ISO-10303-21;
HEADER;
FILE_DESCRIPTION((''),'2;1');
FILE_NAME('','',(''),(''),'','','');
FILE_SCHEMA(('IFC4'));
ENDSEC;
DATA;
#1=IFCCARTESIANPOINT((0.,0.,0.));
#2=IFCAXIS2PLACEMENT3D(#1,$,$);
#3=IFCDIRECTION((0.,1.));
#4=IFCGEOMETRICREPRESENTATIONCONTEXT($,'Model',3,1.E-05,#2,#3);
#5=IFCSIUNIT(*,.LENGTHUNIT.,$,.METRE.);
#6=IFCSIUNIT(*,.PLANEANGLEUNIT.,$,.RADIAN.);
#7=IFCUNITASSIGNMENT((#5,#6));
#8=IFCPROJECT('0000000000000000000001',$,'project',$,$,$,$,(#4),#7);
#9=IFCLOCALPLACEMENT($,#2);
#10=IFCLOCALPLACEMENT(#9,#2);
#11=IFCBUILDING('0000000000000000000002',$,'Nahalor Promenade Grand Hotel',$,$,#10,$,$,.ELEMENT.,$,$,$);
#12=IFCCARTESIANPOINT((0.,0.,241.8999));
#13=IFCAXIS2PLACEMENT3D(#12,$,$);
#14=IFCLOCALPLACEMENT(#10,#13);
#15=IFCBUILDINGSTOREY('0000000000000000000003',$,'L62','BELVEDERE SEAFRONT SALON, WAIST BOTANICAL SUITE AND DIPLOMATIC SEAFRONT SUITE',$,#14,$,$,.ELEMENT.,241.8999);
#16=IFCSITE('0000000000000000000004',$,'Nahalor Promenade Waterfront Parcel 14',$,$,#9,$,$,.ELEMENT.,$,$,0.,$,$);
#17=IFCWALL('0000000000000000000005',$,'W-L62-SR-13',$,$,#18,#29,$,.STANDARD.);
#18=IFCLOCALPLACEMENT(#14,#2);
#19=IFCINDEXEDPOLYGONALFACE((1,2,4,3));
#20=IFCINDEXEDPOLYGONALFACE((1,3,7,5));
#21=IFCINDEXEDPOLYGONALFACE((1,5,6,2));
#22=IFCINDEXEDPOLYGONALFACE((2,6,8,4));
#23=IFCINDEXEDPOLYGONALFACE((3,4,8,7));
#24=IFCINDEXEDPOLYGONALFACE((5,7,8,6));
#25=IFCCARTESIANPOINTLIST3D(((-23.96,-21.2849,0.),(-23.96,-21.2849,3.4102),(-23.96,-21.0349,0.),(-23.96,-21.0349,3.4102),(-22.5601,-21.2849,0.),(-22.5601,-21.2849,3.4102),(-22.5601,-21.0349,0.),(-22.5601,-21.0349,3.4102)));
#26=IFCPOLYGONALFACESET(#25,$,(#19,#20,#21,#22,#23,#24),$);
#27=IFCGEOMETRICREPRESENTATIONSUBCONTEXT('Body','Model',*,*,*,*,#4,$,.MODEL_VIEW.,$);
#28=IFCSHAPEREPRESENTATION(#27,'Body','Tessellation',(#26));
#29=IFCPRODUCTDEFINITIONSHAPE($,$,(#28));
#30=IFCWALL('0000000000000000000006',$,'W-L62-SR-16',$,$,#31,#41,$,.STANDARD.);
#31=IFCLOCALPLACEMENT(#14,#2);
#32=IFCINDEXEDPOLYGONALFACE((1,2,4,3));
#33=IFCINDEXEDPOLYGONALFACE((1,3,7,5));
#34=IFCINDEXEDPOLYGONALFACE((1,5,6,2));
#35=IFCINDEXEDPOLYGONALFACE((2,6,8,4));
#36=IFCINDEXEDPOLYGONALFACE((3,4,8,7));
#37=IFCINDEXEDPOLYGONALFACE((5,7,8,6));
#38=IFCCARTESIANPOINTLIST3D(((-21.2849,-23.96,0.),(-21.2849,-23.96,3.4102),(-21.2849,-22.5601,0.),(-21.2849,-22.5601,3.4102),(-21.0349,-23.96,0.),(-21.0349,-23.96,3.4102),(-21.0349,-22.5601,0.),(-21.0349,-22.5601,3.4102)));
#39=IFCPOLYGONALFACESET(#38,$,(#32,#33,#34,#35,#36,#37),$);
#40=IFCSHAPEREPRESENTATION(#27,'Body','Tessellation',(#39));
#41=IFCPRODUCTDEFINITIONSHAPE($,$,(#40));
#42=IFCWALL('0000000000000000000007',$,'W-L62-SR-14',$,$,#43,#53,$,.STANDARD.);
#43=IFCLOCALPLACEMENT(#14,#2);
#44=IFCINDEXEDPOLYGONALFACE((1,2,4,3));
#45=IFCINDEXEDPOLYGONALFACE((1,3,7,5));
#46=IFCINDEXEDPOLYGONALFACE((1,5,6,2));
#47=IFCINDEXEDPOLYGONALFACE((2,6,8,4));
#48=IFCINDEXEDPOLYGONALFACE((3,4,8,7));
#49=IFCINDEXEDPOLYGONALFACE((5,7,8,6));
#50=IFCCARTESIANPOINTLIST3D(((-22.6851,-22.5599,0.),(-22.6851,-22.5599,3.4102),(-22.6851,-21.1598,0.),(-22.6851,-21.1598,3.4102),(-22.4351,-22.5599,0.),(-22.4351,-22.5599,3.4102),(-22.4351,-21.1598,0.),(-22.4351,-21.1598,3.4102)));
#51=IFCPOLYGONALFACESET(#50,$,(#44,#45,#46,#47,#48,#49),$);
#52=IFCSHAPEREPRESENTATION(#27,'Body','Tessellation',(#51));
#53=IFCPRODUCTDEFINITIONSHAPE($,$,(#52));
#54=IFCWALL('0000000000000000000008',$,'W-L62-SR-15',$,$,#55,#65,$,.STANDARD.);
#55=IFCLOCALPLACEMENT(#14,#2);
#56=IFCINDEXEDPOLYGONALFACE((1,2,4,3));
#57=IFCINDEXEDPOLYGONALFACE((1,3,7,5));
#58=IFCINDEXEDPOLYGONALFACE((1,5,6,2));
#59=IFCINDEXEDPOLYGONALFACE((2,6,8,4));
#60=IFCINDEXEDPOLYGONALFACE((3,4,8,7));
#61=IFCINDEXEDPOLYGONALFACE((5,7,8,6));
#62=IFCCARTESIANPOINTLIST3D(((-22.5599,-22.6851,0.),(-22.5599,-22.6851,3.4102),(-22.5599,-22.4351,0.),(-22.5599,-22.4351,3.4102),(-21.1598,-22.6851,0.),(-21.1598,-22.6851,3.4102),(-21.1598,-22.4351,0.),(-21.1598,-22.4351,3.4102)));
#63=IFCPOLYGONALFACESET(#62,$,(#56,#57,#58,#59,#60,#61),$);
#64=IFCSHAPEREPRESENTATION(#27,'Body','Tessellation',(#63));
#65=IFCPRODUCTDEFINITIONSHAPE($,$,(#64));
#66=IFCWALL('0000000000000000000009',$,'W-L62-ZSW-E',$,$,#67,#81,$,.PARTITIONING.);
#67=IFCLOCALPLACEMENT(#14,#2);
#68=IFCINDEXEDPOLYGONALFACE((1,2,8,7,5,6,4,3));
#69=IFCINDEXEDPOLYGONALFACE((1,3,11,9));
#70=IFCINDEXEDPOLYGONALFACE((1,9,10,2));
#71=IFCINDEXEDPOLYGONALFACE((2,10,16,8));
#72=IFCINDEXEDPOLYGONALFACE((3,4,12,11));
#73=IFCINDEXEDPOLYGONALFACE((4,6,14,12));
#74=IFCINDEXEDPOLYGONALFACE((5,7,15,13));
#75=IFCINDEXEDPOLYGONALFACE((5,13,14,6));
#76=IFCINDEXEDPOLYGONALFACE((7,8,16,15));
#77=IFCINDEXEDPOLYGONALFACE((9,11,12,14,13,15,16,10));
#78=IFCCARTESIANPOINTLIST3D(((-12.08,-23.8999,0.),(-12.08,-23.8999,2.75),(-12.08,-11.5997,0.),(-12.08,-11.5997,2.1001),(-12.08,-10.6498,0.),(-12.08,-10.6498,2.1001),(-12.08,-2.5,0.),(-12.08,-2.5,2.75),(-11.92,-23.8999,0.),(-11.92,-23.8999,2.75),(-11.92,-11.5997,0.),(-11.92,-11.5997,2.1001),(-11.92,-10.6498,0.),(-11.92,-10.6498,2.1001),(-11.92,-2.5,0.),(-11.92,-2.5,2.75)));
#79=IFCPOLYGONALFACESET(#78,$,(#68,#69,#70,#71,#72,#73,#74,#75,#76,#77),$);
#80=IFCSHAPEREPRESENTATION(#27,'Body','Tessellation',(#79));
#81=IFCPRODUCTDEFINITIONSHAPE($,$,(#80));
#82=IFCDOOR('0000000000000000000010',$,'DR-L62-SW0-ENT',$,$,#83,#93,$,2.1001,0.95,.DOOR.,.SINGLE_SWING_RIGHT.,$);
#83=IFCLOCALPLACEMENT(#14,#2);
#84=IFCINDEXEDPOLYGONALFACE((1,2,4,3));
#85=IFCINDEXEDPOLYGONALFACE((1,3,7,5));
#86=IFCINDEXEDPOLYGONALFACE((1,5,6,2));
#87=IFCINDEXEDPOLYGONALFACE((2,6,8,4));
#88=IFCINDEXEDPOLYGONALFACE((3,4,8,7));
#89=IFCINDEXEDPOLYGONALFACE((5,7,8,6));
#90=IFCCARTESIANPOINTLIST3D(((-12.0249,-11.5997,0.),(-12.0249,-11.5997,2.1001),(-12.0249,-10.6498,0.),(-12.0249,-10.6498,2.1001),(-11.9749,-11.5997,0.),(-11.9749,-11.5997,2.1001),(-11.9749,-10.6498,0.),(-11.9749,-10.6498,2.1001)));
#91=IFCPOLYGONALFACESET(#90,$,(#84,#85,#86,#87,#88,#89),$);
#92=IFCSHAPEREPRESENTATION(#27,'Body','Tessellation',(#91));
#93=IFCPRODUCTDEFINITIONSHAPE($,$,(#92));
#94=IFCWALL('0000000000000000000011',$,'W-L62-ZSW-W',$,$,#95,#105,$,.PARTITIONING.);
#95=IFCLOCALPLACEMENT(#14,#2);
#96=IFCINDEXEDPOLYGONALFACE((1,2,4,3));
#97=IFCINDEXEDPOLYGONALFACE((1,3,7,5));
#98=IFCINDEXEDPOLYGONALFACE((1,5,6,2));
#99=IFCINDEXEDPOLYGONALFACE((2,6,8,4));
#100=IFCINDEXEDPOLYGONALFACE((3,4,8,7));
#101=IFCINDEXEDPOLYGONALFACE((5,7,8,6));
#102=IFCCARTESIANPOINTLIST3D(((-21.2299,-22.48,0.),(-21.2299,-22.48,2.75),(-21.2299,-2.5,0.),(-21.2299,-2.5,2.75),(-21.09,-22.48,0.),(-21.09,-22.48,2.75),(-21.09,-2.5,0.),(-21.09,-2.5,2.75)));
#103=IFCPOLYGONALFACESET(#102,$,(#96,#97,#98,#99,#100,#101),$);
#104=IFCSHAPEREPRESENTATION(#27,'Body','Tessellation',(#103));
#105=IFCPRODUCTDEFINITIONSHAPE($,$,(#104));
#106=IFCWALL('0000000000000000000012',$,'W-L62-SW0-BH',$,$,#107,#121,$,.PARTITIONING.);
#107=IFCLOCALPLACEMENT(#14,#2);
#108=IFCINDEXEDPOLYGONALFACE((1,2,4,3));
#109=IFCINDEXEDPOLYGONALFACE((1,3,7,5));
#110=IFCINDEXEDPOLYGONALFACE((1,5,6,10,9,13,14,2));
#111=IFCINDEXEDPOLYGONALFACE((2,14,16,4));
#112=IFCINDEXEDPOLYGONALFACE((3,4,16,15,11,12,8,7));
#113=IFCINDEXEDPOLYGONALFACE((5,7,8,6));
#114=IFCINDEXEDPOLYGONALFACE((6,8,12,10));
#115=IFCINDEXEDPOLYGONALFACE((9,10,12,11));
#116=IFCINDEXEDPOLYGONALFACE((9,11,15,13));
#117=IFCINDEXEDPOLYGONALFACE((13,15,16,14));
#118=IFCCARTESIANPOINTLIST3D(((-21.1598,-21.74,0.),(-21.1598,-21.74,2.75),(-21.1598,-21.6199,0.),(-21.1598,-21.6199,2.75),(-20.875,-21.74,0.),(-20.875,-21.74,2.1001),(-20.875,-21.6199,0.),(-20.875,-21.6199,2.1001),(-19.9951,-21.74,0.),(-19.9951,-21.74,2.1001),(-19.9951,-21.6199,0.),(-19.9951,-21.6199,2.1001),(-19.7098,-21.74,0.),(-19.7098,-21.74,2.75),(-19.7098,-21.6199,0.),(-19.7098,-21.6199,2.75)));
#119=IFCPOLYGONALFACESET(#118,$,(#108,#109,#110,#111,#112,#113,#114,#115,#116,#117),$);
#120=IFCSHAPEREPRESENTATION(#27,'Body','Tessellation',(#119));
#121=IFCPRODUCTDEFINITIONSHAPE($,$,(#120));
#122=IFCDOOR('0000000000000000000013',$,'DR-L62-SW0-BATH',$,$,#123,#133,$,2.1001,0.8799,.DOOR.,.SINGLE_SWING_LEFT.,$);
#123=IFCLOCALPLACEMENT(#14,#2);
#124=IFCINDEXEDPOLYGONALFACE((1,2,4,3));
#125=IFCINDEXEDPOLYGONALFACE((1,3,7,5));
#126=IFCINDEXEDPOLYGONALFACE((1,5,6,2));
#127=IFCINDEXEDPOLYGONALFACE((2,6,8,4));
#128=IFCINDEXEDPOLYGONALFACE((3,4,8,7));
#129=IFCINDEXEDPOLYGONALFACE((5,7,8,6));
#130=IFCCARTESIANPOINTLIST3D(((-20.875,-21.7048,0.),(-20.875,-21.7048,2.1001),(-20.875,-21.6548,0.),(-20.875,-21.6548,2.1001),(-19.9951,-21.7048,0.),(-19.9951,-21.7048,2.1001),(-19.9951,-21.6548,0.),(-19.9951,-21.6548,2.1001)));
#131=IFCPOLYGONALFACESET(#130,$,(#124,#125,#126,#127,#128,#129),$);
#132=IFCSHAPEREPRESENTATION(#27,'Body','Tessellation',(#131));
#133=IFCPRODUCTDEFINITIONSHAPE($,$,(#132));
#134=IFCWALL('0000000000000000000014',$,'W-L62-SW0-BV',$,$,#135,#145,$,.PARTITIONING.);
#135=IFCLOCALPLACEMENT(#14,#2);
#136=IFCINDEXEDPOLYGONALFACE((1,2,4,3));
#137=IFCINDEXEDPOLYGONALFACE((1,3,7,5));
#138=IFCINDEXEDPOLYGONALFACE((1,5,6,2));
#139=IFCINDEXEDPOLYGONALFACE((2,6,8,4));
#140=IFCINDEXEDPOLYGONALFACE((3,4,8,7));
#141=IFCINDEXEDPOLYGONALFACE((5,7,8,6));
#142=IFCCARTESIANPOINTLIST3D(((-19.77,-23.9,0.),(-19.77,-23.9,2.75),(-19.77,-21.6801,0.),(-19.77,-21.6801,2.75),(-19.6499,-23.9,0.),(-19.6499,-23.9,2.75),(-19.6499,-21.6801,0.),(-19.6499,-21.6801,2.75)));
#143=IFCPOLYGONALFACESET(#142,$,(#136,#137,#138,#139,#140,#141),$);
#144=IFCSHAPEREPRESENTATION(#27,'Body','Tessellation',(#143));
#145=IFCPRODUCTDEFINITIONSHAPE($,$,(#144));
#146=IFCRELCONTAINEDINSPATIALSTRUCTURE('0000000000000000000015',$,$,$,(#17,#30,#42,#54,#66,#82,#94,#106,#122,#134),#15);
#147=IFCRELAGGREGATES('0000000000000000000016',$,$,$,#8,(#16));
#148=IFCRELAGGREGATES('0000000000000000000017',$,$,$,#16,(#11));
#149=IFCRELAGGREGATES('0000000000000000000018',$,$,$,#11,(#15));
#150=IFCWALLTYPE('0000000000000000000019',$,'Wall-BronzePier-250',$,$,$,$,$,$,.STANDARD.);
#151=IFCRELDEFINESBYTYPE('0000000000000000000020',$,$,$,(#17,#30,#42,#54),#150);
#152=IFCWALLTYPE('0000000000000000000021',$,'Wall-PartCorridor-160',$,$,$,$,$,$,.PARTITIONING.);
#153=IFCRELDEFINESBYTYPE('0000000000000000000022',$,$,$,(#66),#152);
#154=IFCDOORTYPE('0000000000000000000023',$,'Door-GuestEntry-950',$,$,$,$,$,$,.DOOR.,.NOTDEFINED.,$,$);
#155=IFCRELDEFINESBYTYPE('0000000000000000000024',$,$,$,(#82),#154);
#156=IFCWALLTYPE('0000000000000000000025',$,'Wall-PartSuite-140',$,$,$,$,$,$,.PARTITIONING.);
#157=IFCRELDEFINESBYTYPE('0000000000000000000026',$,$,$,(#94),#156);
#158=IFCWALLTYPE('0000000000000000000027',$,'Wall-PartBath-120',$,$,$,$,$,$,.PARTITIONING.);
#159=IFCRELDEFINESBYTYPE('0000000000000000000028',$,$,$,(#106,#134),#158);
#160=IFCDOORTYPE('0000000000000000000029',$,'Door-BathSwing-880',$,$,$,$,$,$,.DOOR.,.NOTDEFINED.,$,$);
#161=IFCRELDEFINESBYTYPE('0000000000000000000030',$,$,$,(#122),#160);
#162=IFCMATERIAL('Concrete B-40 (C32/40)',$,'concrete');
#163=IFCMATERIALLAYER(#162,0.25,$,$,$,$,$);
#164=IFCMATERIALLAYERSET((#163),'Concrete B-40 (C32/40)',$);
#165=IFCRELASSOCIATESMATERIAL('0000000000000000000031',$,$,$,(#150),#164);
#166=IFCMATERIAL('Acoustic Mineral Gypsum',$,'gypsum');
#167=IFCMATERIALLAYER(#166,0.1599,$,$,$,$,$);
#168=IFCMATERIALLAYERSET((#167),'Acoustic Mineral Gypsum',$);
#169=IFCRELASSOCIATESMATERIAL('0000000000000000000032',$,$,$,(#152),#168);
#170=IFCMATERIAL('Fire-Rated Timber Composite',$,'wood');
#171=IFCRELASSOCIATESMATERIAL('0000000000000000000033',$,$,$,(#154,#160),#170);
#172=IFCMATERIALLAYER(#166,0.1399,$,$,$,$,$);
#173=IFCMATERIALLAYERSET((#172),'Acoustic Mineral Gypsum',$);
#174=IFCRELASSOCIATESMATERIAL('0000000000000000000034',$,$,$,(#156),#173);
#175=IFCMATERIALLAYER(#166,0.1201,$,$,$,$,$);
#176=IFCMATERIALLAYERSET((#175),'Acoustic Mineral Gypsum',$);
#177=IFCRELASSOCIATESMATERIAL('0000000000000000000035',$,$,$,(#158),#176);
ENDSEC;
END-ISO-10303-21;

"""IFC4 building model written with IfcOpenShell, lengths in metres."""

from ifc_helpers import new_model, si_unit, direction, frame, frame_2d, origin, place, context, subcontext, project, spatial, rectangle, extrude, source, transform, mapped, material, layer, layer_set, type_object, element, fill, save


model = new_model("IFC4")

# Units and contexts
model_context = context("Model", 3, precision=1e-05, world=origin(), true_north=direction((0.0, 1.0)))
body_context = subcontext(model_context, "Body", "Model", "MODEL_VIEW")
ifc_project = project(units=[si_unit("LENGTHUNIT", "METRE"), si_unit("PLANEANGLEUNIT", "RADIAN")], contexts=[model_context])

# Site, building, storey
site_placement = place(None, origin())
site = spatial("IfcSite", under=ifc_project, at=site_placement, Name="Nahalor Promenade Waterfront Parcel 14", CompositionType="ELEMENT", RefElevation=0.0)
building_placement = place(site_placement, origin())
building = spatial("IfcBuilding", under=site, at=building_placement, Name="Nahalor Promenade Grand Hotel", CompositionType="ELEMENT")
storey_placement = place(building_placement, frame((0.0, 0.0, 241.8999)))
storey = spatial("IfcBuildingStorey", under=building, at=storey_placement, Name="L62", Description="BELVEDERE SEAFRONT SALON, WAIST BOTANICAL SUITE AND DIPLOMATIC SEAFRONT SUITE", CompositionType="ELEMENT", Elevation=241.8999)

# Walls
ifc_material_1 = material(Name="Concrete B-40 (C32/40)", Category="concrete")
ifc_layer_1 = layer(ifc_material_1, 0.25)
ifc_layer_set_1 = layer_set([ifc_layer_1], Name="Concrete B-40 (C32/40)")
wall_type_1 = type_object("IfcWallType", Name="Wall-BronzePier-250", PredefinedType="STANDARD", material=ifc_layer_set_1)
shared_shape_1 = source(origin(), body_context, "Body", "SweptSolid", [
    extrude(rectangle(XDim=1.3999, YDim=0.25, at=frame_2d((0.7, 0.0))), origin(), (0.0, 0.0, 1.0), 3.4102),
])
for number, where, z_axis, x_axis, name in (
    (1, (-23.96, -21.1599, 0.0), (0.0, 0.0, 1.0), (1.0, 0.0, 0.0), "W-L62-SR-13"),
    (2, (-21.1599, -23.96, 0.0), (0.0, 0.0, 1.0), (0.0, 1.0, 0.0), "W-L62-SR-16"),
):
    element("IfcWall", number, at=place(storey_placement, frame(where, z_axis=z_axis, x_axis=x_axis)), inside=storey, type_object=wall_type_1, Name=name, PredefinedType="STANDARD", context=body_context, shape_type="MappedRepresentation", body=[
        mapped(shared_shape_1, transform((0.0, 0.0, 0.0), scale=1.0)),
    ])
shared_shape_2 = source(origin(), body_context, "Body", "SweptSolid", [
    extrude(rectangle(XDim=1.4001, YDim=0.25, at=frame_2d((0.7002, 0.0))), origin(), (0.0, 0.0, 1.0), 3.4102),
])
for number, where, z_axis, x_axis, name in (
    (3, (-22.5601, -22.5601, 0.0), (0.0, 0.0, 1.0), (0.0, 1.0, 0.0), "W-L62-SR-14"),
    (4, (-22.5601, -22.5601, 0.0), (0.0, 0.0, 1.0), (1.0, 0.0, 0.0), "W-L62-SR-15"),
):
    element("IfcWall", number, at=place(storey_placement, frame(where, z_axis=z_axis, x_axis=x_axis)), inside=storey, type_object=wall_type_1, Name=name, PredefinedType="STANDARD", context=body_context, shape_type="MappedRepresentation", body=[
        mapped(shared_shape_2, transform((0.0, 0.0, 0.0), scale=1.0)),
    ])

# Wall, opening, door
ifc_material_2 = material(Name="Acoustic Mineral Gypsum", Category="gypsum")
ifc_layer_2 = layer(ifc_material_2, 0.1599)
ifc_layer_set_2 = layer_set([ifc_layer_2], Name="Acoustic Mineral Gypsum")
wall_type_2 = type_object("IfcWallType", Name="Wall-PartCorridor-160", PredefinedType="PARTITIONING", material=ifc_layer_set_2)
shared_shape_3 = source(origin(), body_context, "Body", "SweptSolid", [
    extrude(rectangle(XDim=21.3999, YDim=0.1599, at=frame_2d((10.7, 0.0))), origin(), (0.0, 0.0, 1.0), 2.75),
])
wall_1_placement = place(storey_placement, frame((-12.0, -23.8999, 0.0), z_axis=(0.0, 0.0, 1.0), x_axis=(0.0, 1.0, 0.0)))
wall_1 = element("IfcWall", 5, at=wall_1_placement, inside=storey, type_object=wall_type_2, Name="W-L62-ZSW-E", PredefinedType="PARTITIONING", context=body_context, shape_type="MappedRepresentation", body=[
    mapped(shared_shape_3, transform((0.0, 0.0, 0.0), scale=1.0)),
])
opening_1_placement = place(wall_1_placement, frame((12.3, 0.0, 0.0)))
opening_1 = element("IfcOpeningElement", 6, at=opening_1_placement, cuts=wall_1, PredefinedType="OPENING", context=body_context, shape_type="SweptSolid", body=[
    extrude(rectangle(XDim=0.95, YDim=2.1001, at=frame_2d((0.4751, 1.05))), frame((0.0, 0.0898, 0.0), z_axis=(0.0, -1.0, 0.0), x_axis=(1.0, 0.0, 0.0)), (0.0, 0.0, 1.0), 0.1799),
])
ifc_material_3 = material(Name="Fire-Rated Timber Composite", Category="wood")
door_type_1 = type_object("IfcDoorType", Name="Door-GuestEntry-950", OperationType="NOTDEFINED", PredefinedType="DOOR", material=ifc_material_3)
shared_shape_4 = source(origin(), body_context, "Body", "SweptSolid", [
    extrude(rectangle(XDim=0.95, YDim=2.1001, at=frame_2d((0.4751, 1.05))), frame((0.0, 0.0249, 0.0), z_axis=(0.0, -1.0, 0.0), x_axis=(1.0, 0.0, 0.0)), (0.0, 0.0, 1.0), 0.05),
])
door_1_placement = place(opening_1_placement, origin())
door_1 = element("IfcDoor", 7, at=door_1_placement, inside=storey, type_object=door_type_1, Name="DR-L62-SW0-ENT", OperationType="SINGLE_SWING_RIGHT", OverallHeight=2.1001, OverallWidth=0.95, PredefinedType="DOOR", context=body_context, shape_type="MappedRepresentation", body=[
    mapped(shared_shape_4, transform((0.0, 0.0, 0.0), scale=1.0)),
])
fill(opening_1, door_1)

# Wall
ifc_layer_3 = layer(ifc_material_2, 0.1399)
ifc_layer_set_3 = layer_set([ifc_layer_3], Name="Acoustic Mineral Gypsum")
wall_type_3 = type_object("IfcWallType", Name="Wall-PartSuite-140", PredefinedType="PARTITIONING", material=ifc_layer_set_3)
shared_shape_5 = source(origin(), body_context, "Body", "SweptSolid", [
    extrude(rectangle(XDim=19.98, YDim=0.1399, at=frame_2d((9.99, 0.0))), origin(), (0.0, 0.0, 1.0), 2.75),
])
wall_2_placement = place(storey_placement, frame((-21.1599, -22.48, 0.0), z_axis=(0.0, 0.0, 1.0), x_axis=(0.0, 1.0, 0.0)))
element("IfcWall", 8, at=wall_2_placement, inside=storey, type_object=wall_type_3, Name="W-L62-ZSW-W", PredefinedType="PARTITIONING", context=body_context, shape_type="MappedRepresentation", body=[
    mapped(shared_shape_5, transform((0.0, 0.0, 0.0), scale=1.0)),
])

# Wall, opening, door
ifc_layer_4 = layer(ifc_material_2, 0.1201)
ifc_layer_set_4 = layer_set([ifc_layer_4], Name="Acoustic Mineral Gypsum")
wall_type_4 = type_object("IfcWallType", Name="Wall-PartBath-120", PredefinedType="PARTITIONING", material=ifc_layer_set_4)
shared_shape_6 = source(origin(), body_context, "Body", "SweptSolid", [
    extrude(rectangle(XDim=1.45, YDim=0.1201, at=frame_2d((0.7251, 0.0))), origin(), (0.0, 0.0, 1.0), 2.75),
])
wall_3_placement = place(storey_placement, frame((-21.1599, -21.6799, 0.0), z_axis=(0.0, 0.0, 1.0), x_axis=(1.0, 0.0, 0.0)))
wall_3 = element("IfcWall", 9, at=wall_3_placement, inside=storey, type_object=wall_type_4, Name="W-L62-SW0-BH", PredefinedType="PARTITIONING", context=body_context, shape_type="MappedRepresentation", body=[
    mapped(shared_shape_6, transform((0.0, 0.0, 0.0), scale=1.0)),
])
opening_2_placement = place(wall_3_placement, frame((0.2849, 0.0, 0.0)))
opening_2 = element("IfcOpeningElement", 10, at=opening_2_placement, cuts=wall_3, PredefinedType="OPENING", context=body_context, shape_type="SweptSolid", body=[
    extrude(rectangle(XDim=0.8799, YDim=2.1001, at=frame_2d((0.4399, 1.05))), frame((0.0, 0.0701, 0.0), z_axis=(0.0, -1.0, 0.0), x_axis=(1.0, 0.0, 0.0)), (0.0, 0.0, 1.0), 0.1401),
])
door_type_2 = type_object("IfcDoorType", Name="Door-BathSwing-880", OperationType="NOTDEFINED", PredefinedType="DOOR", material=ifc_material_3)
shared_shape_7 = source(origin(), body_context, "Body", "SweptSolid", [
    extrude(rectangle(XDim=0.8799, YDim=2.1001, at=frame_2d((0.4399, 1.05))), frame((0.0, 0.0249, 0.0), z_axis=(0.0, -1.0, 0.0), x_axis=(1.0, 0.0, 0.0)), (0.0, 0.0, 1.0), 0.05),
])
door_2_placement = place(opening_2_placement, frame((0.8799, 0.0, 0.0), z_axis=(0.0, 0.0, 1.0), x_axis=(-1.0, 0.0, 0.0)))
door_2 = element("IfcDoor", 11, at=door_2_placement, inside=storey, type_object=door_type_2, Name="DR-L62-SW0-BATH", OperationType="SINGLE_SWING_LEFT", OverallHeight=2.1001, OverallWidth=0.8799, PredefinedType="DOOR", context=body_context, shape_type="MappedRepresentation", body=[
    mapped(shared_shape_7, transform((0.0, 0.0, 0.0), scale=1.0)),
])
fill(opening_2, door_2)

# Wall
shared_shape_8 = source(origin(), body_context, "Body", "SweptSolid", [
    extrude(rectangle(XDim=2.22, YDim=0.1201, at=frame_2d((1.1099, 0.0))), origin(), (0.0, 0.0, 1.0), 2.75),
])
wall_4_placement = place(storey_placement, frame((-19.71, -23.8999, 0.0), z_axis=(0.0, 0.0, 1.0), x_axis=(0.0, 1.0, 0.0)))
element("IfcWall", 12, at=wall_4_placement, inside=storey, type_object=wall_type_4, Name="W-L62-SW0-BV", PredefinedType="PARTITIONING", context=body_context, shape_type="MappedRepresentation", body=[
    mapped(shared_shape_8, transform((0.0, 0.0, 0.0), scale=1.0)),
])

save(model, "model.ifc")
